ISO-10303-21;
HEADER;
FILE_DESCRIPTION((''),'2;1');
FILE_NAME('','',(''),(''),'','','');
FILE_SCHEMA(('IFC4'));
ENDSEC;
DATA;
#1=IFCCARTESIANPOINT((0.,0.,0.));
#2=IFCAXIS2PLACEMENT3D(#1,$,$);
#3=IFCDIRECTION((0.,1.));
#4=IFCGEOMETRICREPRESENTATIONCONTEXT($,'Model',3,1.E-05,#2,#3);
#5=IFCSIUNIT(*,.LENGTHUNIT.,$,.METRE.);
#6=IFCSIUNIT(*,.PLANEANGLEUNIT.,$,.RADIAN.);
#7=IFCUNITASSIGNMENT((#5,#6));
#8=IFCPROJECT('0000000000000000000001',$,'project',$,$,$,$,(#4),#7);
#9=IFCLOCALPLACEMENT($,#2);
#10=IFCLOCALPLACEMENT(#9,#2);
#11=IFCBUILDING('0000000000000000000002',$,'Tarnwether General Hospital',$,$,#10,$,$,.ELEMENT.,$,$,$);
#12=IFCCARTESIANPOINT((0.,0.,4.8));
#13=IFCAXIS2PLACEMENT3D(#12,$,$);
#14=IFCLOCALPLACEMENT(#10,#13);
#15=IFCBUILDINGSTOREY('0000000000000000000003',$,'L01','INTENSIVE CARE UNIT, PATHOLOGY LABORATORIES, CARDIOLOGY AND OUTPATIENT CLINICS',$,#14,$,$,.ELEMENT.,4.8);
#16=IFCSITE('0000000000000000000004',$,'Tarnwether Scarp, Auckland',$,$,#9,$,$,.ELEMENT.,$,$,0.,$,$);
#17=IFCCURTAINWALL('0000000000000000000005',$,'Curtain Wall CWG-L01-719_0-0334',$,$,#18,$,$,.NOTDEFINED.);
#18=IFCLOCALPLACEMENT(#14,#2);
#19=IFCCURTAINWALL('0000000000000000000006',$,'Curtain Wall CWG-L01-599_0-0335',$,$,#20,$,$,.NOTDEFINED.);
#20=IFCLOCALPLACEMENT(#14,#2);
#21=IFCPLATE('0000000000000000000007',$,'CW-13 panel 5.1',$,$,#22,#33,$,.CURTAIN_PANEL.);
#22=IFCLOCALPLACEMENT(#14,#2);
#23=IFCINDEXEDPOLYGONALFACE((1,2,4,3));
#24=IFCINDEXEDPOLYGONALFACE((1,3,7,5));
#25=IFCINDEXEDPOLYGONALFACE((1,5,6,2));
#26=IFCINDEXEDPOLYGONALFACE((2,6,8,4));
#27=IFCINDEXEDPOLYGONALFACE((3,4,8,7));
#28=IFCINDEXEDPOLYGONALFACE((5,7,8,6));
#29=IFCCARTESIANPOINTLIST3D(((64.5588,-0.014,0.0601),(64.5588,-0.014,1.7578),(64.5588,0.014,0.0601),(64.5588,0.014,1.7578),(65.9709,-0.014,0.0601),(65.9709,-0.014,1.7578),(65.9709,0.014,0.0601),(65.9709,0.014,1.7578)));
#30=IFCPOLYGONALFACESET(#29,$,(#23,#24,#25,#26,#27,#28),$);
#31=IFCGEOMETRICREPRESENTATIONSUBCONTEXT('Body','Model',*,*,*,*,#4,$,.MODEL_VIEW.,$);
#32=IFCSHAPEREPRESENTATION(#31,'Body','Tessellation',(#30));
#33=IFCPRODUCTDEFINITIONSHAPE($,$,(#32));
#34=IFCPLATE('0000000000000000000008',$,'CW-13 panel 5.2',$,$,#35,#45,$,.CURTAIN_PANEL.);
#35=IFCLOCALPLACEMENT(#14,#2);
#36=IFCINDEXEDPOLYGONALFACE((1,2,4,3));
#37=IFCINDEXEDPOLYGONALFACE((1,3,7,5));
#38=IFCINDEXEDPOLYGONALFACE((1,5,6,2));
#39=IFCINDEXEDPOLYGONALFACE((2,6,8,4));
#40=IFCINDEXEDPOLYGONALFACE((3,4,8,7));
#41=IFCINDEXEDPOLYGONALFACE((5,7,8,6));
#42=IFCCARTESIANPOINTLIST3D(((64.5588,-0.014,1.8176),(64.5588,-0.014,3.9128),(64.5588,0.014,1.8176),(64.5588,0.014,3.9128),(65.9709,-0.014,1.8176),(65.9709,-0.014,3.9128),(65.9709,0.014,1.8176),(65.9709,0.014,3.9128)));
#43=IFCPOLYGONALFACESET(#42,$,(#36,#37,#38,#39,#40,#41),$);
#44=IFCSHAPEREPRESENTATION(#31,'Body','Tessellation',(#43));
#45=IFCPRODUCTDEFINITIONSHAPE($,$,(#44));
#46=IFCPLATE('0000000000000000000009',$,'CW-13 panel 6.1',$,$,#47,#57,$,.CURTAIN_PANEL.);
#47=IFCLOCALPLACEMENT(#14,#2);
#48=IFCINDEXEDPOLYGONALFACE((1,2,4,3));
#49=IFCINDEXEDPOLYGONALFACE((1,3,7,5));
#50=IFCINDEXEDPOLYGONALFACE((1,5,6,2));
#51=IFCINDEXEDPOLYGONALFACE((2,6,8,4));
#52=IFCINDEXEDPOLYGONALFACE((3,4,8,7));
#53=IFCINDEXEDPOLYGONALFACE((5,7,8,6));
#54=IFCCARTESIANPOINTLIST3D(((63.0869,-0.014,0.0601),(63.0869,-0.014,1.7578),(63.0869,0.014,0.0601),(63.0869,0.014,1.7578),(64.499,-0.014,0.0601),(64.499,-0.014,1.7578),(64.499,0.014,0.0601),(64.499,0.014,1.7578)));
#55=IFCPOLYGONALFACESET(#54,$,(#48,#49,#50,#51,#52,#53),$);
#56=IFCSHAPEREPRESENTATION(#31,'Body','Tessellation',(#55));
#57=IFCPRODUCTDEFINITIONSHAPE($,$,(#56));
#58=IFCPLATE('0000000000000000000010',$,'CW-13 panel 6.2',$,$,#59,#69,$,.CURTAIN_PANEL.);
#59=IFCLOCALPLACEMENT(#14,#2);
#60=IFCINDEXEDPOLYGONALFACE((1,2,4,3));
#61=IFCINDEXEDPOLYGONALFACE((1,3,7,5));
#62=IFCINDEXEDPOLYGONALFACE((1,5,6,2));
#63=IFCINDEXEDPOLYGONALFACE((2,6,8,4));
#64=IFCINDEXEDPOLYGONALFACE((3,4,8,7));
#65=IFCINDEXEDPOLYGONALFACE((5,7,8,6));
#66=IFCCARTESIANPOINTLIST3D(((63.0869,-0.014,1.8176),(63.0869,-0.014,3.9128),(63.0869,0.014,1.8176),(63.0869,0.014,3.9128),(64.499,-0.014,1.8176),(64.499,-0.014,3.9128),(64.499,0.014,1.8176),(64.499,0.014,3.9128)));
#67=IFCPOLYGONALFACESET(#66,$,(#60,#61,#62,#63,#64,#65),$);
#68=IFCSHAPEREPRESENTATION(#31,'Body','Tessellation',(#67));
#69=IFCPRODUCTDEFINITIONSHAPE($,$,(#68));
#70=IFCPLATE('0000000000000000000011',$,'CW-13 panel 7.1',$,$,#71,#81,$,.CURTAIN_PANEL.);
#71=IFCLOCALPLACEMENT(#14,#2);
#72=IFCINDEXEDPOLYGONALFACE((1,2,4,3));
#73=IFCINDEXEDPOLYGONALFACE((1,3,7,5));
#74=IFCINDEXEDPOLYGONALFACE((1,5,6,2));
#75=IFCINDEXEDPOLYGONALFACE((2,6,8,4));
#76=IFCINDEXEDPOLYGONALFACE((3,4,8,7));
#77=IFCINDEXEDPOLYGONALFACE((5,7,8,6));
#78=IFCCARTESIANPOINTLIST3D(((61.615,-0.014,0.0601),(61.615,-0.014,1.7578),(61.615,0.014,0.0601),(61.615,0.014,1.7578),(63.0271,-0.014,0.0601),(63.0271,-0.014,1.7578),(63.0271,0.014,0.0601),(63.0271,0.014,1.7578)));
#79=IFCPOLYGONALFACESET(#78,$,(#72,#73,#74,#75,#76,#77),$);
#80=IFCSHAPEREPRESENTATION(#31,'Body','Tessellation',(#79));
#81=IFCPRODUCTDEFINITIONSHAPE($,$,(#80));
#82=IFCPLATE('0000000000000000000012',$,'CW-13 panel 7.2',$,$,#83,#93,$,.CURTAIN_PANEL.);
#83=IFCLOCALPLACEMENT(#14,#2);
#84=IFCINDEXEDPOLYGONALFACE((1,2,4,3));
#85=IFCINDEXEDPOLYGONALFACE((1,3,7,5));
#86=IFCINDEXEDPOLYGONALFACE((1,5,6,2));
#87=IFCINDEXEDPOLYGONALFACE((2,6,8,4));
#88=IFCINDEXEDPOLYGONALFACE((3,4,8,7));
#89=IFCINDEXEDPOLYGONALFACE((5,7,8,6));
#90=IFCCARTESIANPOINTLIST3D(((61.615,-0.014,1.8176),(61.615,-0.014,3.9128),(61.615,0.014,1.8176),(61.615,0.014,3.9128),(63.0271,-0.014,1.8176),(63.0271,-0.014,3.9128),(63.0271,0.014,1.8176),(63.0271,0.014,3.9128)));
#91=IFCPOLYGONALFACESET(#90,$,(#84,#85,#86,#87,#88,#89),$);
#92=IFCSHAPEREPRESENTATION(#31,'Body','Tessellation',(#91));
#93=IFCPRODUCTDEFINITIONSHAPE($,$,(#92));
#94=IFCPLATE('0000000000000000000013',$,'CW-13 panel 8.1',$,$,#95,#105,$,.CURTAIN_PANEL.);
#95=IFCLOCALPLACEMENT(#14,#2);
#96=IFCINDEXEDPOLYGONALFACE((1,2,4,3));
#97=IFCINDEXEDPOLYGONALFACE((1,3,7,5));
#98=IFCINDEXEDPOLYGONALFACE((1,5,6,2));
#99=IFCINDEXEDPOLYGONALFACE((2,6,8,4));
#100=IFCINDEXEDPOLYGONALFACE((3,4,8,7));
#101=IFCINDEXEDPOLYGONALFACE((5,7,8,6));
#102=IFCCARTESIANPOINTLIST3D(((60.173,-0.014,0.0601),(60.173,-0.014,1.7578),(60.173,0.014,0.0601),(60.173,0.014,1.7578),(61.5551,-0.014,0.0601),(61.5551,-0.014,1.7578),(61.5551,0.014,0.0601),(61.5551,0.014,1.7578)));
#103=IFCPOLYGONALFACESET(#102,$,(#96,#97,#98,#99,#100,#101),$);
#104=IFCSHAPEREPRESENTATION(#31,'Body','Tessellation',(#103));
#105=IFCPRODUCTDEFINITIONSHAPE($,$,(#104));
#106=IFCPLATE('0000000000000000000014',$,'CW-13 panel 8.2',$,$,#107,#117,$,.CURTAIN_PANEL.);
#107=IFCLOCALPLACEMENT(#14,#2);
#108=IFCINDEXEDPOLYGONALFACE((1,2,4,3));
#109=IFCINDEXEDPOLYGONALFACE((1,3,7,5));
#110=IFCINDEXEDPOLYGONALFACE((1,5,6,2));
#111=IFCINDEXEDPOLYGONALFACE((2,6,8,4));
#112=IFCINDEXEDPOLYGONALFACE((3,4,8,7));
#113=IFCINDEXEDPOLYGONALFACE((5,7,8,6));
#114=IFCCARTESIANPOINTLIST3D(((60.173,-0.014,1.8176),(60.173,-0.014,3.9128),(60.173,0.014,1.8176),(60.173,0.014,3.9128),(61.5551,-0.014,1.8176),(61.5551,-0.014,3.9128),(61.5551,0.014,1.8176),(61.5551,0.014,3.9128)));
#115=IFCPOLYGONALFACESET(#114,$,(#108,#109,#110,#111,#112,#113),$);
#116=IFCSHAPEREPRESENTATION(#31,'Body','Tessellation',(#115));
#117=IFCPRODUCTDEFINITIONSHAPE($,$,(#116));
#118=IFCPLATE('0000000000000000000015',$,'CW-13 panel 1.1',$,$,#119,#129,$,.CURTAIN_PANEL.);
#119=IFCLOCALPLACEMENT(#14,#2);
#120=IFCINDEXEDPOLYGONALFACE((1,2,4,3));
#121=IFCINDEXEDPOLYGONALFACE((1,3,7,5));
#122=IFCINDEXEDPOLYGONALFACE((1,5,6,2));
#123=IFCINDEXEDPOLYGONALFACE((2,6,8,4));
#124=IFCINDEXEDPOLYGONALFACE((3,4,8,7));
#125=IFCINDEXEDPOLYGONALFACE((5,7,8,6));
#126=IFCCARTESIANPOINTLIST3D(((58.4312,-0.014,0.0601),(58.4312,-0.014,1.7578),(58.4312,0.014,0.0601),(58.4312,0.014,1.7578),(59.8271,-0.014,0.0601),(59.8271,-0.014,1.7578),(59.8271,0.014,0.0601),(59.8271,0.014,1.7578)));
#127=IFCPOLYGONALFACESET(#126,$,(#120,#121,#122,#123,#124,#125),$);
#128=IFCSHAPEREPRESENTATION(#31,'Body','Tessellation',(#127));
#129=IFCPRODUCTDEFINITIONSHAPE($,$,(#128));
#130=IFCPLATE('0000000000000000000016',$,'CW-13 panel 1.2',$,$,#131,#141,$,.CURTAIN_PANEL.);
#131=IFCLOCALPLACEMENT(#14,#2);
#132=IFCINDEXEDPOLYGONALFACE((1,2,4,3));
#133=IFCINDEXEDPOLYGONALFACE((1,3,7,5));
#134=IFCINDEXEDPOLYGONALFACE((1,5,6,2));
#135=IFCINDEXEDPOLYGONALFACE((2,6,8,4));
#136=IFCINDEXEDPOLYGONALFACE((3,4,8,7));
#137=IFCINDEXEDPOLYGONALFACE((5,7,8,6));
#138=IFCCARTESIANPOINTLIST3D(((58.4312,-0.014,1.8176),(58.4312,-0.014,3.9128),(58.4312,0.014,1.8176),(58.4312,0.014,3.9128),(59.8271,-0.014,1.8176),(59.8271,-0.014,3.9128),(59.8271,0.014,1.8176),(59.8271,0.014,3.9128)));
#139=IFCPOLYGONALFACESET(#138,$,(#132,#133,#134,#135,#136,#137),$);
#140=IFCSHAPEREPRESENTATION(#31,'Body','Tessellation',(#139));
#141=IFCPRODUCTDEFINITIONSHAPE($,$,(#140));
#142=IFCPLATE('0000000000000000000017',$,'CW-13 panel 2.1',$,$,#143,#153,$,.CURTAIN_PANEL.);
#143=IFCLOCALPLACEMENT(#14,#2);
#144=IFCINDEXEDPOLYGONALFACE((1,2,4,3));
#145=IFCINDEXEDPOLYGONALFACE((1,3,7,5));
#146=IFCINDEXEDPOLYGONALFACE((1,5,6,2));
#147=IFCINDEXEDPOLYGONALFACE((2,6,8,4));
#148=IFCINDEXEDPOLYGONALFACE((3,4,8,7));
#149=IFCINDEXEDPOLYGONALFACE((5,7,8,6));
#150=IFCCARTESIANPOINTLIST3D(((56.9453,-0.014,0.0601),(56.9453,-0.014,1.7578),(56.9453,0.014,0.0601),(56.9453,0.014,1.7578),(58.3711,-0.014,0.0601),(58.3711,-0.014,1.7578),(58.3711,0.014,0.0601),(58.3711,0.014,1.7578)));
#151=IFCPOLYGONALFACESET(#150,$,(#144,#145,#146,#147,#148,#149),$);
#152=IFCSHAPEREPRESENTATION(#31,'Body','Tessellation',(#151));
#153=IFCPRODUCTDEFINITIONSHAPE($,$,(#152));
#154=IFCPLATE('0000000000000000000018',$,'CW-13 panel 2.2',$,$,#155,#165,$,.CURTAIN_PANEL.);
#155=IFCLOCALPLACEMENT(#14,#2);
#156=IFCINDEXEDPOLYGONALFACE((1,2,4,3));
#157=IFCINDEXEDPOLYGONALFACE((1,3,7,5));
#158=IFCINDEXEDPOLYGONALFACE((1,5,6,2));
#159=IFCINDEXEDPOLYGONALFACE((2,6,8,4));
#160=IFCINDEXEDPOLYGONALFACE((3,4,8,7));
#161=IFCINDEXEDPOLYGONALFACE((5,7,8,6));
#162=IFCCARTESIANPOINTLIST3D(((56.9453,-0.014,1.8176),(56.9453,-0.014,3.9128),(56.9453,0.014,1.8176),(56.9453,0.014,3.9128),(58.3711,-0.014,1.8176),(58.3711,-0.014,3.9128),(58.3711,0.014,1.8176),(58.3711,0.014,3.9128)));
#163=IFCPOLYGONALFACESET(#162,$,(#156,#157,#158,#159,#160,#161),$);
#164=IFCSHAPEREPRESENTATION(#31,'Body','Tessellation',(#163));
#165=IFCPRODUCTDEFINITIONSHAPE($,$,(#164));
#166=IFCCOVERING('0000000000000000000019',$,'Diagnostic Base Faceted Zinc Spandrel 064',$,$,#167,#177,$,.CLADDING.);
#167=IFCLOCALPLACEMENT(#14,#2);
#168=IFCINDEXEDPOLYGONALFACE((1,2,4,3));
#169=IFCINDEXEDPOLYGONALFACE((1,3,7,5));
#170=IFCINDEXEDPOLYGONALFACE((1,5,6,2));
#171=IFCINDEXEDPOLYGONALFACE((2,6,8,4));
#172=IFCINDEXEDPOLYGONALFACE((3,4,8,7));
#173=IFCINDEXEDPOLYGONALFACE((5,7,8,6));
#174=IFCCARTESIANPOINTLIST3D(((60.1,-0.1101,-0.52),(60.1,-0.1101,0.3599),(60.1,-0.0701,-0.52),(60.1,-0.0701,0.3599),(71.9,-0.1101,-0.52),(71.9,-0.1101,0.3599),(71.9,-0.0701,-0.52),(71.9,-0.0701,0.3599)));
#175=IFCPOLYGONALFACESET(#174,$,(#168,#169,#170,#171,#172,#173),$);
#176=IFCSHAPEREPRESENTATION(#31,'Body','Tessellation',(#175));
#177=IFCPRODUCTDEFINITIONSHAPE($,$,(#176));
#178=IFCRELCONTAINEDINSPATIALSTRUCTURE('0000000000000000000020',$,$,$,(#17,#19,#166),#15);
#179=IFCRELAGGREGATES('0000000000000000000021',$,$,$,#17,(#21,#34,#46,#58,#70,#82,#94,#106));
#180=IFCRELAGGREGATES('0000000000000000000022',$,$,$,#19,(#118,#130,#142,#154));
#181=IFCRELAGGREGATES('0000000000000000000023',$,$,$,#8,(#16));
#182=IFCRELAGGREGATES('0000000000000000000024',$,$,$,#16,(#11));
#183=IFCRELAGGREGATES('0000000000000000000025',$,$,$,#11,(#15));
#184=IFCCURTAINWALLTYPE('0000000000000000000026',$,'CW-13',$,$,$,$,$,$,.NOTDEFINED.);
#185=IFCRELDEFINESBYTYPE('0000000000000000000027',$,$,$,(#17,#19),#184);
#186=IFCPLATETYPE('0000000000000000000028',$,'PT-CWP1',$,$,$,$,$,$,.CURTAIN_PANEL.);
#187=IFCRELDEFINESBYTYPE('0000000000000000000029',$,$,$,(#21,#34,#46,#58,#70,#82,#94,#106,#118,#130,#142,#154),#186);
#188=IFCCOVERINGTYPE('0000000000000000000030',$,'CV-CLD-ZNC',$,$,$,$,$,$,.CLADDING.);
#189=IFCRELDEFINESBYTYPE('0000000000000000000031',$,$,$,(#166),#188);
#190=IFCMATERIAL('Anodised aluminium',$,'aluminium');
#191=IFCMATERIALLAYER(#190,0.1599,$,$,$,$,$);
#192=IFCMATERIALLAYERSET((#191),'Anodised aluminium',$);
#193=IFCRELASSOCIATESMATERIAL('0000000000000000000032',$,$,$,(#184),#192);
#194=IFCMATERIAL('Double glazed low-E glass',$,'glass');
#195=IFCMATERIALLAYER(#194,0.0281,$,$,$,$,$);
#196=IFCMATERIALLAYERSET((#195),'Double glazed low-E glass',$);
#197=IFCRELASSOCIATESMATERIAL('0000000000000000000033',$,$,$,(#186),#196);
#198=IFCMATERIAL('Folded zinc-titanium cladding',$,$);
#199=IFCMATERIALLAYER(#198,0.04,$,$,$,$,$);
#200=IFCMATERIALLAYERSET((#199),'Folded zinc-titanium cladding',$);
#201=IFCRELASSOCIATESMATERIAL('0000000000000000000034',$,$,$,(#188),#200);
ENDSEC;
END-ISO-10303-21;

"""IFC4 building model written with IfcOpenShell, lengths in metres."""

from ifc_helpers import new_model, si_unit, direction, frame, origin, origin_2d, place, context, subcontext, project, spatial, rectangle, extrude, material, layer, layer_set, type_object, element, aggregate, save


model = new_model("IFC4")

# Units and contexts
model_context = context("Model", 3, precision=1e-05, world=origin(), true_north=direction((0.0, 1.0)))
body_context = subcontext(model_context, "Body", "Model", "MODEL_VIEW")
ifc_project = project(units=[si_unit("LENGTHUNIT", "METRE"), si_unit("PLANEANGLEUNIT", "RADIAN")], contexts=[model_context])

# Site, building, storey
site_placement = place(None, origin())
site = spatial("IfcSite", under=ifc_project, at=site_placement, Name="Tarnwether Scarp, Auckland", CompositionType="ELEMENT", RefElevation=0.0)
building_placement = place(site_placement, origin())
building = spatial("IfcBuilding", under=site, at=building_placement, Name="Tarnwether General Hospital", CompositionType="ELEMENT")
storey_placement = place(building_placement, frame((0.0, 0.0, 4.8)))
storey = spatial("IfcBuildingStorey", under=building, at=storey_placement, Name="L01", Description="INTENSIVE CARE UNIT, PATHOLOGY LABORATORIES, CARDIOLOGY AND OUTPATIENT CLINICS", CompositionType="ELEMENT", Elevation=4.8)

# Curtain walls
ifc_material_1 = material(Name="Anodised aluminium", Category="aluminium")
ifc_layer_1 = layer(ifc_material_1, 0.1599)
ifc_layer_set_1 = layer_set([ifc_layer_1], Name="Anodised aluminium")
curtain_wall_type = type_object("IfcCurtainWallType", Name="CW-13", PredefinedType="NOTDEFINED", material=ifc_layer_set_1)
curtain_wall_1_placement = place(storey_placement, origin())
curtain_wall_1 = element("IfcCurtainWall", 1, at=curtain_wall_1_placement, inside=storey, type_object=curtain_wall_type, Name="Curtain Wall CWG-L01-719_0-0334", PredefinedType="NOTDEFINED")
curtain_wall_2_placement = place(storey_placement, origin())
curtain_wall_2 = element("IfcCurtainWall", 2, at=curtain_wall_2_placement, inside=storey, type_object=curtain_wall_type, Name="Curtain Wall CWG-L01-599_0-0335", PredefinedType="NOTDEFINED")

# Plates
ifc_material_2 = material(Name="Double glazed low-E glass", Category="glass")
ifc_layer_2 = layer(ifc_material_2, 0.0281)
ifc_layer_set_2 = layer_set([ifc_layer_2], Name="Double glazed low-E glass")
plate_type = type_object("IfcPlateType", Name="PT-CWP1", PredefinedType="CURTAIN_PANEL", material=ifc_layer_set_2)
plate_1_placement = place(storey_placement, frame((65.2649, 0.0, 0.0601), z_axis=(0.0, 0.0, 1.0), x_axis=(-1.0, 0.0, 0.0)))
plate_1 = element("IfcPlate", 3, at=plate_1_placement, type_object=plate_type, Name="CW-13 panel 5.1", PredefinedType="CURTAIN_PANEL", context=body_context, shape_type="SweptSolid", body=[
    extrude(rectangle(XDim=1.4121, YDim=0.0281, at=origin_2d()), origin(), (0.0, 0.0, 1.0), 1.6978),
])
plate_2_placement = place(storey_placement, frame((65.2649, 0.0, 1.8176), z_axis=(0.0, 0.0, 1.0), x_axis=(-1.0, 0.0, 0.0)))
plate_2 = element("IfcPlate", 4, at=plate_2_placement, type_object=plate_type, Name="CW-13 panel 5.2", PredefinedType="CURTAIN_PANEL", context=body_context, shape_type="SweptSolid", body=[
    extrude(rectangle(XDim=1.4121, YDim=0.0281, at=origin_2d()), origin(), (0.0, 0.0, 1.0), 2.0952),
])
plate_3_placement = place(storey_placement, frame((63.793, 0.0, 0.0601), z_axis=(0.0, 0.0, 1.0), x_axis=(-1.0, 0.0, 0.0)))
plate_3 = element("IfcPlate", 5, at=plate_3_placement, type_object=plate_type, Name="CW-13 panel 6.1", PredefinedType="CURTAIN_PANEL", context=body_context, shape_type="SweptSolid", body=[
    extrude(rectangle(XDim=1.4121, YDim=0.0281, at=origin_2d()), origin(), (0.0, 0.0, 1.0), 1.6978),
])
plate_4_placement = place(storey_placement, frame((63.793, 0.0, 1.8176), z_axis=(0.0, 0.0, 1.0), x_axis=(-1.0, 0.0, 0.0)))
plate_4 = element("IfcPlate", 6, at=plate_4_placement, type_object=plate_type, Name="CW-13 panel 6.2", PredefinedType="CURTAIN_PANEL", context=body_context, shape_type="SweptSolid", body=[
    extrude(rectangle(XDim=1.4121, YDim=0.0281, at=origin_2d()), origin(), (0.0, 0.0, 1.0), 2.0952),
])
plate_5_placement = place(storey_placement, frame((62.321, 0.0, 0.0601), z_axis=(0.0, 0.0, 1.0), x_axis=(-1.0, 0.0, 0.0)))
plate_5 = element("IfcPlate", 7, at=plate_5_placement, type_object=plate_type, Name="CW-13 panel 7.1", PredefinedType="CURTAIN_PANEL", context=body_context, shape_type="SweptSolid", body=[
    extrude(rectangle(XDim=1.4121, YDim=0.0281, at=origin_2d()), origin(), (0.0, 0.0, 1.0), 1.6978),
])
plate_6_placement = place(storey_placement, frame((62.321, 0.0, 1.8176), z_axis=(0.0, 0.0, 1.0), x_axis=(-1.0, 0.0, 0.0)))
plate_6 = element("IfcPlate", 8, at=plate_6_placement, type_object=plate_type, Name="CW-13 panel 7.2", PredefinedType="CURTAIN_PANEL", context=body_context, shape_type="SweptSolid", body=[
    extrude(rectangle(XDim=1.4121, YDim=0.0281, at=origin_2d()), origin(), (0.0, 0.0, 1.0), 2.0952),
])
plate_7_placement = place(storey_placement, frame((60.864, 0.0, 0.0601), z_axis=(0.0, 0.0, 1.0), x_axis=(-1.0, 0.0, 0.0)))
plate_7 = element("IfcPlate", 9, at=plate_7_placement, type_object=plate_type, Name="CW-13 panel 8.1", PredefinedType="CURTAIN_PANEL", context=body_context, shape_type="SweptSolid", body=[
    extrude(rectangle(XDim=1.3821, YDim=0.0281, at=origin_2d()), origin(), (0.0, 0.0, 1.0), 1.6978),
])
plate_8_placement = place(storey_placement, frame((60.864, 0.0, 1.8176), z_axis=(0.0, 0.0, 1.0), x_axis=(-1.0, 0.0, 0.0)))
plate_8 = element("IfcPlate", 10, at=plate_8_placement, type_object=plate_type, Name="CW-13 panel 8.2", PredefinedType="CURTAIN_PANEL", context=body_context, shape_type="SweptSolid", body=[
    extrude(rectangle(XDim=1.3821, YDim=0.0281, at=origin_2d()), origin(), (0.0, 0.0, 1.0), 2.0952),
])
aggregate(curtain_wall_1, [plate_1, plate_2, plate_3, plate_4, plate_5, plate_6, plate_7, plate_8])
plate_9_placement = place(storey_placement, frame((59.1292, 0.0, 0.0601), z_axis=(0.0, 0.0, 1.0), x_axis=(-1.0, 0.0, 0.0)))
plate_9 = element("IfcPlate", 11, at=plate_9_placement, type_object=plate_type, Name="CW-13 panel 1.1", PredefinedType="CURTAIN_PANEL", context=body_context, shape_type="SweptSolid", body=[
    extrude(rectangle(XDim=1.396, YDim=0.0281, at=origin_2d()), origin(), (0.0, 0.0, 1.0), 1.6978),
])
plate_10_placement = place(storey_placement, frame((59.1292, 0.0, 1.8176), z_axis=(0.0, 0.0, 1.0), x_axis=(-1.0, 0.0, 0.0)))
plate_10 = element("IfcPlate", 12, at=plate_10_placement, type_object=plate_type, Name="CW-13 panel 1.2", PredefinedType="CURTAIN_PANEL", context=body_context, shape_type="SweptSolid", body=[
    extrude(rectangle(XDim=1.396, YDim=0.0281, at=origin_2d()), origin(), (0.0, 0.0, 1.0), 2.0952),
])
plate_11_placement = place(storey_placement, frame((57.6582, 0.0, 0.0601), z_axis=(0.0, 0.0, 1.0), x_axis=(-1.0, 0.0, 0.0)))
plate_11 = element("IfcPlate", 13, at=plate_11_placement, type_object=plate_type, Name="CW-13 panel 2.1", PredefinedType="CURTAIN_PANEL", context=body_context, shape_type="SweptSolid", body=[
    extrude(rectangle(XDim=1.4258, YDim=0.0281, at=origin_2d()), origin(), (0.0, 0.0, 1.0), 1.6978),
])
plate_12_placement = place(storey_placement, frame((57.6582, 0.0, 1.8176), z_axis=(0.0, 0.0, 1.0), x_axis=(-1.0, 0.0, 0.0)))
plate_12 = element("IfcPlate", 14, at=plate_12_placement, type_object=plate_type, Name="CW-13 panel 2.2", PredefinedType="CURTAIN_PANEL", context=body_context, shape_type="SweptSolid", body=[
    extrude(rectangle(XDim=1.4258, YDim=0.0281, at=origin_2d()), origin(), (0.0, 0.0, 1.0), 2.0952),
])
aggregate(curtain_wall_2, [plate_9, plate_10, plate_11, plate_12])

# Covering
ifc_material_3 = material(Name="Folded zinc-titanium cladding")
ifc_layer_3 = layer(ifc_material_3, 0.04)
ifc_layer_set_3 = layer_set([ifc_layer_3], Name="Folded zinc-titanium cladding")
covering_type = type_object("IfcCoveringType", Name="CV-CLD-ZNC", PredefinedType="CLADDING", material=ifc_layer_set_3)
covering_placement = place(storey_placement, frame((66.0, -0.0901, -0.52), z_axis=(0.0, 0.0, 1.0), x_axis=(1.0, 0.0, 0.0)))
element("IfcCovering", 15, at=covering_placement, inside=storey, type_object=covering_type, Name="Diagnostic Base Faceted Zinc Spandrel 064", PredefinedType="CLADDING", context=body_context, shape_type="SweptSolid", body=[
    extrude(rectangle(XDim=11.8, YDim=0.04, at=origin_2d()), origin(), (0.0, 0.0, 1.0), 0.8799),
])

save(model, "model.ifc")
